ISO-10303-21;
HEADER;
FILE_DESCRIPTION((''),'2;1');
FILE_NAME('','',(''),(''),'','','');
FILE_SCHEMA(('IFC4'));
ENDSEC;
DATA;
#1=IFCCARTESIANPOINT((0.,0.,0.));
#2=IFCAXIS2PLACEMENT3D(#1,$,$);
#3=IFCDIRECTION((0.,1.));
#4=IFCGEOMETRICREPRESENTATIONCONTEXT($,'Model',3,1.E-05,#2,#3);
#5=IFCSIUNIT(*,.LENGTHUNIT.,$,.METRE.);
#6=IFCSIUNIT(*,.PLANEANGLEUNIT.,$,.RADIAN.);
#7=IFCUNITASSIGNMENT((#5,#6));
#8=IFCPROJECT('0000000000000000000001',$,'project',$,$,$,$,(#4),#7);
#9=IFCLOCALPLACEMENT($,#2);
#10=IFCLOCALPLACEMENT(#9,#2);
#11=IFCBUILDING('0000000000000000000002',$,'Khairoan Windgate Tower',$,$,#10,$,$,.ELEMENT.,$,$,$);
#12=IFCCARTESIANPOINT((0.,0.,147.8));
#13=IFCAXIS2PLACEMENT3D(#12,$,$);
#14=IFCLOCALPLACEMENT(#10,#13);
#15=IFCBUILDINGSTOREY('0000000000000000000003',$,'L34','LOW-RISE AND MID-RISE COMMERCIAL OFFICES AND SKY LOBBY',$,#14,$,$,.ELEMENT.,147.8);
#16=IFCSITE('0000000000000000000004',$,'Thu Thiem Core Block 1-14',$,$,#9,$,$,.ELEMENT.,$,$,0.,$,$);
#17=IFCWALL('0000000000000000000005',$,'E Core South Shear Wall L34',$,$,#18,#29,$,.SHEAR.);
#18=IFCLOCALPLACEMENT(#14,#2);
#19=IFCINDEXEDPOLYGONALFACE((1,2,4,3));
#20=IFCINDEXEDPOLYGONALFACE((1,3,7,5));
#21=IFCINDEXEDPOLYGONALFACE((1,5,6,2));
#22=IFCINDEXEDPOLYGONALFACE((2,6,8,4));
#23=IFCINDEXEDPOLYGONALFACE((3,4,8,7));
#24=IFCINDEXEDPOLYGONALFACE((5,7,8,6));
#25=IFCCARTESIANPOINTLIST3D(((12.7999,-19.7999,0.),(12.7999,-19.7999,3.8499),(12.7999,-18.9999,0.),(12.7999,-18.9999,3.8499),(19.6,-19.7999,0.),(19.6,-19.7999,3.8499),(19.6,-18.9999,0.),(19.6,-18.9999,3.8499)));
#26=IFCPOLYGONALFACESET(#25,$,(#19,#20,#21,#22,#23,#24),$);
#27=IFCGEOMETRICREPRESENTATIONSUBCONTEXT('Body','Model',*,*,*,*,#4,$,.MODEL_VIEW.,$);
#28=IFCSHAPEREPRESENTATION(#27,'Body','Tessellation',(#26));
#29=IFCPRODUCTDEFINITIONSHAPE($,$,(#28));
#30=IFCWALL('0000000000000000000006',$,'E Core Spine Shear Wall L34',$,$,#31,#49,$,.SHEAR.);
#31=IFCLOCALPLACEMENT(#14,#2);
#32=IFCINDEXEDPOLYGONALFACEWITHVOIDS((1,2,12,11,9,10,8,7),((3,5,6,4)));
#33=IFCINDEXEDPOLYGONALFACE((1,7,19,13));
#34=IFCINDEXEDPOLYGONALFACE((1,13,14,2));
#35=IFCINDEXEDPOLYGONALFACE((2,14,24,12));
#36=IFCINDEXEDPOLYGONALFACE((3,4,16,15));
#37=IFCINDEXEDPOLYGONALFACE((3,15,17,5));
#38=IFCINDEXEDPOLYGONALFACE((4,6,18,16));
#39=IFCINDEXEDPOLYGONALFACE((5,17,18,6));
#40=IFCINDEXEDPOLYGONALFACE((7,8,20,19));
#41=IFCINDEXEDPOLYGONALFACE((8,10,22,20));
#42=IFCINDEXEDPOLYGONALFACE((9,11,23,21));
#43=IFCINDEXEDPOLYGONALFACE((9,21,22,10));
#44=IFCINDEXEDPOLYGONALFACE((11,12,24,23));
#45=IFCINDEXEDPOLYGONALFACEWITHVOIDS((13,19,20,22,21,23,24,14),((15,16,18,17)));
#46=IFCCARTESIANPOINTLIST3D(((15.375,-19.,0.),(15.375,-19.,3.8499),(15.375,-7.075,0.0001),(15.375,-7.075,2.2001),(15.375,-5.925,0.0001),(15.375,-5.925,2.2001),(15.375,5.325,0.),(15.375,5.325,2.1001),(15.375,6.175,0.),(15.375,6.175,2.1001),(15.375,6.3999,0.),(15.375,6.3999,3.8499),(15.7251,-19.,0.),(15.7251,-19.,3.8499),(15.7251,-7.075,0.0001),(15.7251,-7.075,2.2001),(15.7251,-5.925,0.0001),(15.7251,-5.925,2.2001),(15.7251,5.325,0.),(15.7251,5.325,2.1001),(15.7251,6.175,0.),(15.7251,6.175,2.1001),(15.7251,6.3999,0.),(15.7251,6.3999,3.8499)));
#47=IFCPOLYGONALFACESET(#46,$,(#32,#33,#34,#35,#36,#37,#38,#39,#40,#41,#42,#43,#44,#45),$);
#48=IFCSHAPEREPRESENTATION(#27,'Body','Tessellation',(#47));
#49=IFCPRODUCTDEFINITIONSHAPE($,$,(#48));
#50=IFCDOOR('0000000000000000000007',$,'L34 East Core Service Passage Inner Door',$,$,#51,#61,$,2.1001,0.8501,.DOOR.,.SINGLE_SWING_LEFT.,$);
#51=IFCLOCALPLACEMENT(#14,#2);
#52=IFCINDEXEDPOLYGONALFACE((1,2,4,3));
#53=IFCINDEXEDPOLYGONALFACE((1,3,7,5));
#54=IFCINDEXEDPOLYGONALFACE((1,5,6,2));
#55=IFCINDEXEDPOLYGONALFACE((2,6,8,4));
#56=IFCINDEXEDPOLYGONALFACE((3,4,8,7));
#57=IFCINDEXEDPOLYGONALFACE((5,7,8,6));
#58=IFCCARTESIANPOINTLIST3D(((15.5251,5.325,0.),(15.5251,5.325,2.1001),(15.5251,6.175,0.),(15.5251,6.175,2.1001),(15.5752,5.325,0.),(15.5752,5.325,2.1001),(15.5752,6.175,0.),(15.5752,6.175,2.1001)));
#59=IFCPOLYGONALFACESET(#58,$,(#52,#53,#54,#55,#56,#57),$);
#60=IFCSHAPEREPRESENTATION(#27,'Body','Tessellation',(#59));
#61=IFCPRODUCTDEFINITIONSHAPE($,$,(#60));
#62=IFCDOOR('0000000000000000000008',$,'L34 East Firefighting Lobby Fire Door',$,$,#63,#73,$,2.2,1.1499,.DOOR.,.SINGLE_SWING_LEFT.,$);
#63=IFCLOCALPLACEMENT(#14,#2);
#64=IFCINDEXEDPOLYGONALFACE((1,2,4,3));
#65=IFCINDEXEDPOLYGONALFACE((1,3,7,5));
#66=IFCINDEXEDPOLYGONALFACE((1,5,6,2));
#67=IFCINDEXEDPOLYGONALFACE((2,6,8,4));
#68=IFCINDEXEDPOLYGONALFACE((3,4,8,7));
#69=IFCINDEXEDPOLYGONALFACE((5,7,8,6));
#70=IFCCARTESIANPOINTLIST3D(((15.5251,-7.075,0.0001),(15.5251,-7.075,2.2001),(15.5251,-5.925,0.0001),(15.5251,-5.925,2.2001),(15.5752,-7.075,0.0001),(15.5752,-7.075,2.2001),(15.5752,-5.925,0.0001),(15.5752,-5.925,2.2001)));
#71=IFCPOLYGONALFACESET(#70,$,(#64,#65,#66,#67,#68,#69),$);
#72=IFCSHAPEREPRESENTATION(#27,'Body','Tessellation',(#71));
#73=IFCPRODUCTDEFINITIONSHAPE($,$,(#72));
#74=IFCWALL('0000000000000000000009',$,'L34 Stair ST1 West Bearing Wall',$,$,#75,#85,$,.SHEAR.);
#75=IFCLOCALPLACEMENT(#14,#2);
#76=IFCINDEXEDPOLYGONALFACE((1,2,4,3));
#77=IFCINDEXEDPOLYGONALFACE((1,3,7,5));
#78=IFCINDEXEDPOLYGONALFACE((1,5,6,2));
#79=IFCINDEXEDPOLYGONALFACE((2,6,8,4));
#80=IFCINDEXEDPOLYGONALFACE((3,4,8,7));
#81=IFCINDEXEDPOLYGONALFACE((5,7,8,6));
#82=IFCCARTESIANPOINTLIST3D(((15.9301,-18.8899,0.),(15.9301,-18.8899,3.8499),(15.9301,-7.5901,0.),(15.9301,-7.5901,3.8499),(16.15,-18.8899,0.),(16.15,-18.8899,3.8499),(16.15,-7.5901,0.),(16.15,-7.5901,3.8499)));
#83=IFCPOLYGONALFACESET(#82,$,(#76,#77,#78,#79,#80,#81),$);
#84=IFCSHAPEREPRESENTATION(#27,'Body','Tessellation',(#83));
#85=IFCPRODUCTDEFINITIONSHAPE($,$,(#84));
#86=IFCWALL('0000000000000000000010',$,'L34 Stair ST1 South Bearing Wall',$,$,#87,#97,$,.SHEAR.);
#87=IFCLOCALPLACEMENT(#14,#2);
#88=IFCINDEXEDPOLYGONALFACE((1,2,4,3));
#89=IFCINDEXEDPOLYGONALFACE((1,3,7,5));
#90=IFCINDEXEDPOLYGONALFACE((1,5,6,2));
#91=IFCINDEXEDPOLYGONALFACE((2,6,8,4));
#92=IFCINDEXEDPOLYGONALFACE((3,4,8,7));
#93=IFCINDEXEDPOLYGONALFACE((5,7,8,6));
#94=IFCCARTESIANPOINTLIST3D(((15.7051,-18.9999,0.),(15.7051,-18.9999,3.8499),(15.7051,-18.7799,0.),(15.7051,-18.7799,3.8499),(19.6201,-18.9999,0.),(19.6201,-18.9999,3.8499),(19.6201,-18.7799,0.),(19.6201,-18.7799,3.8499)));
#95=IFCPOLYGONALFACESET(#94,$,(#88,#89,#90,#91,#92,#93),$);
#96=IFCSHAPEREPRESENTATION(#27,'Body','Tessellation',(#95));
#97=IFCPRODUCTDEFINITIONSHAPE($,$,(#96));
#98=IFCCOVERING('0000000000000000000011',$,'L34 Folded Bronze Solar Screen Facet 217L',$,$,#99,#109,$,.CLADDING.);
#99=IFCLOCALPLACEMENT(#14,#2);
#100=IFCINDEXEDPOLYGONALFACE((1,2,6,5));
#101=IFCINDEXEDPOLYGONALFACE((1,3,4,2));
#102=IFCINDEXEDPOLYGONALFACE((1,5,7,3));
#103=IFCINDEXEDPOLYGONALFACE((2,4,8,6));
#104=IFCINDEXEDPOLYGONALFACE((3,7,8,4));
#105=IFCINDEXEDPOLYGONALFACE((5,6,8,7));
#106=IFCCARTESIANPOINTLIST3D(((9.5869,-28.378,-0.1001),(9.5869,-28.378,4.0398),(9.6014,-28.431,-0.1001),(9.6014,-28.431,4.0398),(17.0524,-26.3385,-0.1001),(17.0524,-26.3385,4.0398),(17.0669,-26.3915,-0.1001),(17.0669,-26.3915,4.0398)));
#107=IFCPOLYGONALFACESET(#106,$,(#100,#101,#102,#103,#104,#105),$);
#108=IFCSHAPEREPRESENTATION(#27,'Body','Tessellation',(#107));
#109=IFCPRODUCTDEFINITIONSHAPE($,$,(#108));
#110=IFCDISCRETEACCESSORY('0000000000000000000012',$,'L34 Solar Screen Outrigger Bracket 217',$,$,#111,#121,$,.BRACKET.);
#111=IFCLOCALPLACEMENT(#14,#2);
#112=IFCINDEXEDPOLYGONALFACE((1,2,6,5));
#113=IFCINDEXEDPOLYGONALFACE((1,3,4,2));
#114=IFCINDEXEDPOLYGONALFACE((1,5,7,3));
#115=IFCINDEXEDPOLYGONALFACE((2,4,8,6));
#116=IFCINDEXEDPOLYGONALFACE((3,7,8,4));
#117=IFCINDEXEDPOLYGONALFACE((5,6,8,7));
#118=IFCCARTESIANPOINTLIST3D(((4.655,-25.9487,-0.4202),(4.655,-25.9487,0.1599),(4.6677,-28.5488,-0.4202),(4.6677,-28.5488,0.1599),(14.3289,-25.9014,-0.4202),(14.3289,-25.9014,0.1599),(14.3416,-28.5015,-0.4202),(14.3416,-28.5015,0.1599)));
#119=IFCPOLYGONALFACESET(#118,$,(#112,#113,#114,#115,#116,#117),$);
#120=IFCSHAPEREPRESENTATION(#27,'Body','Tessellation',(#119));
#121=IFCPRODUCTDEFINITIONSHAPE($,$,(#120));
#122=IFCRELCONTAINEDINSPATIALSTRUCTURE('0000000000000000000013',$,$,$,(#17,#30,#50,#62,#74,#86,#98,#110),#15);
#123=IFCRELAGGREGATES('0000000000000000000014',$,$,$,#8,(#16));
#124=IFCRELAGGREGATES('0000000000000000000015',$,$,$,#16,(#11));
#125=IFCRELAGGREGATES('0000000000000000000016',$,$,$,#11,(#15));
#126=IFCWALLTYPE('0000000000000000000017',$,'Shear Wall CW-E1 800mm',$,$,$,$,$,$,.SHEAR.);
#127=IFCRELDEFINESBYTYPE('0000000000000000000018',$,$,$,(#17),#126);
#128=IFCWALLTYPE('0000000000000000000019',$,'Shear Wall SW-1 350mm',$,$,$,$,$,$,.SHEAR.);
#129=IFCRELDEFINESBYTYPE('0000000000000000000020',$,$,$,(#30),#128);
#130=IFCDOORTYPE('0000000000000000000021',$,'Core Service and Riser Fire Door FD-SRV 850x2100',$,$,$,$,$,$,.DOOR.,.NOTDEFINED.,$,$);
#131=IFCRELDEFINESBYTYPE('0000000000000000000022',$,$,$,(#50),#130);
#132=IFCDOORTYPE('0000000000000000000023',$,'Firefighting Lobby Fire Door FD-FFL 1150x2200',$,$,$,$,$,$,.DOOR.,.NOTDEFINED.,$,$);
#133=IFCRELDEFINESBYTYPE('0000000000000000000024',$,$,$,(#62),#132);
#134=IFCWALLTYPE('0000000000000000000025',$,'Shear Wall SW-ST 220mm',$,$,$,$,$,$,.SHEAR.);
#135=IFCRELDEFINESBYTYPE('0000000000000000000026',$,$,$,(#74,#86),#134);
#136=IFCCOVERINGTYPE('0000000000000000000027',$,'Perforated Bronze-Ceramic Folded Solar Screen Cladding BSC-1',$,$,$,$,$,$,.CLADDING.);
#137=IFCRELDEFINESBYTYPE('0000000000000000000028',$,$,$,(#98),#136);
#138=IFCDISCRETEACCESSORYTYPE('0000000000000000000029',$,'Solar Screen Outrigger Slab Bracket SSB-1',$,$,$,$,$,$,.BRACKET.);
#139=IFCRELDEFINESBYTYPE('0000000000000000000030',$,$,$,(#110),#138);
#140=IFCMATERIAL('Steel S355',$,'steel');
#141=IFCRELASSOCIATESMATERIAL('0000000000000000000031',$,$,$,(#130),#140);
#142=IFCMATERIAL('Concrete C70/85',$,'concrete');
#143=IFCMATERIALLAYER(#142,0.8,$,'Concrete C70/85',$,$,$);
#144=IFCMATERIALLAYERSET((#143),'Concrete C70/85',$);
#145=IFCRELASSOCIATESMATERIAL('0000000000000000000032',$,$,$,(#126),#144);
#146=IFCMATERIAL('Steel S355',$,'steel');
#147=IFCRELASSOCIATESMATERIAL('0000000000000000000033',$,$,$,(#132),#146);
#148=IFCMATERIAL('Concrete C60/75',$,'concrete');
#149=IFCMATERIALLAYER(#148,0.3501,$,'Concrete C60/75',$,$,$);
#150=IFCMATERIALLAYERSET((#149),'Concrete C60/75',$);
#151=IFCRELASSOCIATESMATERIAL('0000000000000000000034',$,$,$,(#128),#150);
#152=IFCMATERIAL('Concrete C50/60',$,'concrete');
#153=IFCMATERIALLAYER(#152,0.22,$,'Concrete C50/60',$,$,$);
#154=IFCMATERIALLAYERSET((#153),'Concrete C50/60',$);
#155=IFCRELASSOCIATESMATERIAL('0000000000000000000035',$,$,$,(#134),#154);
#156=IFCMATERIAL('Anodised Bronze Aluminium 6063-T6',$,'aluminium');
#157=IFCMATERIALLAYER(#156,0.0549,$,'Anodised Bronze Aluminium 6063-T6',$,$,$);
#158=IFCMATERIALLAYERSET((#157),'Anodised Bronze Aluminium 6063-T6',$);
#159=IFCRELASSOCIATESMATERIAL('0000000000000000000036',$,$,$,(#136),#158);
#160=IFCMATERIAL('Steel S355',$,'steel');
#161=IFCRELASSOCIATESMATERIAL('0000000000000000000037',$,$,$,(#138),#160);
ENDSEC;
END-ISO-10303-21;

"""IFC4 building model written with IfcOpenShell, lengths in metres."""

from ifc_helpers import new_model, si_unit, direction, frame, frame_2d, origin, origin_2d, place, context, subcontext, project, spatial, rectangle, extrude, material, layer, layer_set, type_object, element, fill, save


model = new_model("IFC4")

# Units and contexts
model_context = context("Model", 3, precision=1e-05, world=origin(), true_north=direction((0.0, 1.0)))
body_context = subcontext(model_context, "Body", "Model", "MODEL_VIEW")
ifc_project = project(units=[si_unit("LENGTHUNIT", "METRE"), si_unit("PLANEANGLEUNIT", "RADIAN")], contexts=[model_context])

# Site, building, storey
site_placement = place(None, origin())
site = spatial("IfcSite", under=ifc_project, at=site_placement, Name="Thu Thiem Core Block 1-14", CompositionType="ELEMENT", RefElevation=0.0)
building_placement = place(site_placement, origin())
building = spatial("IfcBuilding", under=site, at=building_placement, Name="Khairoan Windgate Tower", CompositionType="ELEMENT")
storey_placement = place(building_placement, frame((0.0, 0.0, 147.8)))
storey = spatial("IfcBuildingStorey", under=building, at=storey_placement, Name="L34", Description="LOW-RISE AND MID-RISE COMMERCIAL OFFICES AND SKY LOBBY", CompositionType="ELEMENT", Elevation=147.8)

# Shared definitions
ifc_material_1 = material(Name="Steel S355", Category="steel")
door_type_1 = type_object("IfcDoorType", Name="Core Service and Riser Fire Door FD-SRV 850x2100", OperationType="NOTDEFINED", PredefinedType="DOOR", material=ifc_material_1)

# Shared definitions
ifc_material_2 = material(Name="Concrete C70/85", Category="concrete")
ifc_layer_1 = layer(ifc_material_2, 0.8, Name="Concrete C70/85")
ifc_layer_set_1 = layer_set([ifc_layer_1], Name="Concrete C70/85")
wall_type_1 = type_object("IfcWallType", Name="Shear Wall CW-E1 800mm", PredefinedType="SHEAR", material=ifc_layer_set_1)
ifc_material_3 = material(Name="Steel S355", Category="steel")
door_type_2 = type_object("IfcDoorType", Name="Firefighting Lobby Fire Door FD-FFL 1150x2200", OperationType="NOTDEFINED", PredefinedType="DOOR", material=ifc_material_3)

# Wall
wall_1_placement = place(storey_placement, frame((12.8, -19.3999, 0.0), z_axis=(0.0, 0.0, 1.0), x_axis=(1.0, 0.0, 0.0)))
element("IfcWall", 1, at=wall_1_placement, inside=storey, type_object=wall_type_1, Name="E Core South Shear Wall L34", PredefinedType="SHEAR", context=body_context, shape_type="SweptSolid", body=[
    extrude(rectangle(XDim=6.8, YDim=0.8, at=frame_2d((3.3999, 0.0))), origin(), (0.0, 0.0, 1.0), 3.8499),
])

# Wall, openings, doors
ifc_material_4 = material(Name="Concrete C60/75", Category="concrete")
ifc_layer_2 = layer(ifc_material_4, 0.3501, Name="Concrete C60/75")
ifc_layer_set_2 = layer_set([ifc_layer_2], Name="Concrete C60/75")
wall_type_2 = type_object("IfcWallType", Name="Shear Wall SW-1 350mm", PredefinedType="SHEAR", material=ifc_layer_set_2)
wall_2_placement = place(storey_placement, frame((15.55, -19.0, 0.0), z_axis=(0.0, 0.0, 1.0), x_axis=(0.0, 1.0, 0.0)))
wall_2 = element("IfcWall", 2, at=wall_2_placement, inside=storey, type_object=wall_type_2, Name="E Core Spine Shear Wall L34", PredefinedType="SHEAR", context=body_context, shape_type="SweptSolid", body=[
    extrude(rectangle(XDim=25.3999, YDim=0.3501, at=frame_2d((12.7, 0.0))), origin(), (0.0, 0.0, 1.0), 3.8499),
])
opening_1_placement = place(wall_2_placement, frame((11.925, 0.0, 0.0)))
opening_1 = element("IfcOpeningElement", 3, at=opening_1_placement, cuts=wall_2, PredefinedType="OPENING", context=body_context, shape_type="SweptSolid", body=[
    extrude(rectangle(XDim=1.1499, YDim=2.2, at=frame_2d((0.575, 1.1001))), frame((0.0, 0.1851, 0.0), z_axis=(0.0, -1.0, 0.0), x_axis=(1.0, 0.0, 0.0)), (0.0, 0.0, 1.0), 0.3701),
])
opening_2_placement = place(wall_2_placement, frame((24.325, 0.0, 0.0)))
opening_2 = element("IfcOpeningElement", 4, at=opening_2_placement, cuts=wall_2, PredefinedType="OPENING", context=body_context, shape_type="SweptSolid", body=[
    extrude(rectangle(XDim=0.8501, YDim=2.1001, at=frame_2d((0.425, 1.05))), frame((0.0, 0.1851, 0.0), z_axis=(0.0, -1.0, 0.0), x_axis=(1.0, 0.0, 0.0)), (0.0, 0.0, 1.0), 0.3701),
])
door_1_placement = place(opening_2_placement, origin())
door_1 = element("IfcDoor", 5, at=door_1_placement, inside=storey, type_object=door_type_1, Name="L34 East Core Service Passage Inner Door", OperationType="SINGLE_SWING_LEFT", OverallHeight=2.1001, OverallWidth=0.8501, PredefinedType="DOOR", context=body_context, shape_type="SweptSolid", body=[
    extrude(rectangle(XDim=0.8501, YDim=2.1001, at=frame_2d((0.425, 1.05))), frame((0.0, 0.0249, 0.0), z_axis=(0.0, -1.0, 0.0), x_axis=(1.0, 0.0, 0.0)), (0.0, 0.0, 1.0), 0.05),
])
fill(opening_2, door_1)
door_2_placement = place(opening_1_placement, origin())
door_2 = element("IfcDoor", 6, at=door_2_placement, inside=storey, type_object=door_type_2, Name="L34 East Firefighting Lobby Fire Door", OperationType="SINGLE_SWING_LEFT", OverallHeight=2.2, OverallWidth=1.1499, PredefinedType="DOOR", context=body_context, shape_type="SweptSolid", body=[
    extrude(rectangle(XDim=1.1499, YDim=2.2, at=frame_2d((0.575, 1.1001))), frame((0.0, 0.0249, 0.0), z_axis=(0.0, -1.0, 0.0), x_axis=(1.0, 0.0, 0.0)), (0.0, 0.0, 1.0), 0.05),
])
fill(opening_1, door_2)

# Walls
ifc_material_5 = material(Name="Concrete C50/60", Category="concrete")
ifc_layer_3 = layer(ifc_material_5, 0.22, Name="Concrete C50/60")
ifc_layer_set_3 = layer_set([ifc_layer_3], Name="Concrete C50/60")
wall_type_3 = type_object("IfcWallType", Name="Shear Wall SW-ST 220mm", PredefinedType="SHEAR", material=ifc_layer_set_3)
wall_3_placement = place(storey_placement, frame((16.04, -18.8899, 0.0), z_axis=(0.0, 0.0, 1.0), x_axis=(0.0, 1.0, 0.0)))
element("IfcWall", 7, at=wall_3_placement, inside=storey, type_object=wall_type_3, Name="L34 Stair ST1 West Bearing Wall", PredefinedType="SHEAR", context=body_context, shape_type="SweptSolid", body=[
    extrude(rectangle(XDim=11.2998, YDim=0.22, at=frame_2d((5.6499, 0.0))), origin(), (0.0, 0.0, 1.0), 3.8499),
])
wall_4_placement = place(storey_placement, frame((15.7051, -18.8899, 0.0), z_axis=(0.0, 0.0, 1.0), x_axis=(1.0, 0.0, 0.0)))
element("IfcWall", 8, at=wall_4_placement, inside=storey, type_object=wall_type_3, Name="L34 Stair ST1 South Bearing Wall", PredefinedType="SHEAR", context=body_context, shape_type="SweptSolid", body=[
    extrude(rectangle(XDim=3.915, YDim=0.22, at=frame_2d((1.9575, 0.0))), origin(), (0.0, 0.0, 1.0), 3.8499),
])

# Covering
ifc_material_6 = material(Name="Anodised Bronze Aluminium 6063-T6", Category="aluminium")
ifc_layer_4 = layer(ifc_material_6, 0.0549, Name="Anodised Bronze Aluminium 6063-T6")
ifc_layer_set_4 = layer_set([ifc_layer_4], Name="Anodised Bronze Aluminium 6063-T6")
covering_type = type_object("IfcCoveringType", Name="Perforated Bronze-Ceramic Folded Solar Screen Cladding BSC-1", PredefinedType="CLADDING", material=ifc_layer_set_4)
covering_placement = place(storey_placement, frame((13.3269, -27.3848, -0.1001), z_axis=(0.0, 0.0, 1.0), x_axis=(-0.964649, -0.263536, 0.0)))
element("IfcCovering", 9, at=covering_placement, inside=storey, type_object=covering_type, Name="L34 Folded Bronze Solar Screen Facet 217L", PredefinedType="CLADDING", context=body_context, shape_type="SweptSolid", body=[
    extrude(rectangle(XDim=7.739, YDim=0.0549, at=origin_2d()), origin(), (0.0, 0.0, 1.0), 4.1399),
])

# Discrete accessory
ifc_material_7 = material(Name="Steel S355", Category="steel")
discrete_accessory_type = type_object("IfcDiscreteAccessoryType", Name="Solar Screen Outrigger Slab Bracket SSB-1", PredefinedType="BRACKET", material=ifc_material_7)
discrete_accessory_placement = place(storey_placement, frame((9.4983, -27.2251, -0.4202), z_axis=(0.0, 0.0, 1.0), x_axis=(-0.999988, -0.004887, 0.0)))
element("IfcDiscreteAccessory", 10, at=discrete_accessory_placement, inside=storey, type_object=discrete_accessory_type, Name="L34 Solar Screen Outrigger Bracket 217", PredefinedType="BRACKET", context=body_context, shape_type="SweptSolid", body=[
    extrude(rectangle(XDim=9.6741, YDim=2.6001, at=origin_2d()), origin(), (0.0, 0.0, 1.0), 0.5801),
])

save(model, "model.ifc")
